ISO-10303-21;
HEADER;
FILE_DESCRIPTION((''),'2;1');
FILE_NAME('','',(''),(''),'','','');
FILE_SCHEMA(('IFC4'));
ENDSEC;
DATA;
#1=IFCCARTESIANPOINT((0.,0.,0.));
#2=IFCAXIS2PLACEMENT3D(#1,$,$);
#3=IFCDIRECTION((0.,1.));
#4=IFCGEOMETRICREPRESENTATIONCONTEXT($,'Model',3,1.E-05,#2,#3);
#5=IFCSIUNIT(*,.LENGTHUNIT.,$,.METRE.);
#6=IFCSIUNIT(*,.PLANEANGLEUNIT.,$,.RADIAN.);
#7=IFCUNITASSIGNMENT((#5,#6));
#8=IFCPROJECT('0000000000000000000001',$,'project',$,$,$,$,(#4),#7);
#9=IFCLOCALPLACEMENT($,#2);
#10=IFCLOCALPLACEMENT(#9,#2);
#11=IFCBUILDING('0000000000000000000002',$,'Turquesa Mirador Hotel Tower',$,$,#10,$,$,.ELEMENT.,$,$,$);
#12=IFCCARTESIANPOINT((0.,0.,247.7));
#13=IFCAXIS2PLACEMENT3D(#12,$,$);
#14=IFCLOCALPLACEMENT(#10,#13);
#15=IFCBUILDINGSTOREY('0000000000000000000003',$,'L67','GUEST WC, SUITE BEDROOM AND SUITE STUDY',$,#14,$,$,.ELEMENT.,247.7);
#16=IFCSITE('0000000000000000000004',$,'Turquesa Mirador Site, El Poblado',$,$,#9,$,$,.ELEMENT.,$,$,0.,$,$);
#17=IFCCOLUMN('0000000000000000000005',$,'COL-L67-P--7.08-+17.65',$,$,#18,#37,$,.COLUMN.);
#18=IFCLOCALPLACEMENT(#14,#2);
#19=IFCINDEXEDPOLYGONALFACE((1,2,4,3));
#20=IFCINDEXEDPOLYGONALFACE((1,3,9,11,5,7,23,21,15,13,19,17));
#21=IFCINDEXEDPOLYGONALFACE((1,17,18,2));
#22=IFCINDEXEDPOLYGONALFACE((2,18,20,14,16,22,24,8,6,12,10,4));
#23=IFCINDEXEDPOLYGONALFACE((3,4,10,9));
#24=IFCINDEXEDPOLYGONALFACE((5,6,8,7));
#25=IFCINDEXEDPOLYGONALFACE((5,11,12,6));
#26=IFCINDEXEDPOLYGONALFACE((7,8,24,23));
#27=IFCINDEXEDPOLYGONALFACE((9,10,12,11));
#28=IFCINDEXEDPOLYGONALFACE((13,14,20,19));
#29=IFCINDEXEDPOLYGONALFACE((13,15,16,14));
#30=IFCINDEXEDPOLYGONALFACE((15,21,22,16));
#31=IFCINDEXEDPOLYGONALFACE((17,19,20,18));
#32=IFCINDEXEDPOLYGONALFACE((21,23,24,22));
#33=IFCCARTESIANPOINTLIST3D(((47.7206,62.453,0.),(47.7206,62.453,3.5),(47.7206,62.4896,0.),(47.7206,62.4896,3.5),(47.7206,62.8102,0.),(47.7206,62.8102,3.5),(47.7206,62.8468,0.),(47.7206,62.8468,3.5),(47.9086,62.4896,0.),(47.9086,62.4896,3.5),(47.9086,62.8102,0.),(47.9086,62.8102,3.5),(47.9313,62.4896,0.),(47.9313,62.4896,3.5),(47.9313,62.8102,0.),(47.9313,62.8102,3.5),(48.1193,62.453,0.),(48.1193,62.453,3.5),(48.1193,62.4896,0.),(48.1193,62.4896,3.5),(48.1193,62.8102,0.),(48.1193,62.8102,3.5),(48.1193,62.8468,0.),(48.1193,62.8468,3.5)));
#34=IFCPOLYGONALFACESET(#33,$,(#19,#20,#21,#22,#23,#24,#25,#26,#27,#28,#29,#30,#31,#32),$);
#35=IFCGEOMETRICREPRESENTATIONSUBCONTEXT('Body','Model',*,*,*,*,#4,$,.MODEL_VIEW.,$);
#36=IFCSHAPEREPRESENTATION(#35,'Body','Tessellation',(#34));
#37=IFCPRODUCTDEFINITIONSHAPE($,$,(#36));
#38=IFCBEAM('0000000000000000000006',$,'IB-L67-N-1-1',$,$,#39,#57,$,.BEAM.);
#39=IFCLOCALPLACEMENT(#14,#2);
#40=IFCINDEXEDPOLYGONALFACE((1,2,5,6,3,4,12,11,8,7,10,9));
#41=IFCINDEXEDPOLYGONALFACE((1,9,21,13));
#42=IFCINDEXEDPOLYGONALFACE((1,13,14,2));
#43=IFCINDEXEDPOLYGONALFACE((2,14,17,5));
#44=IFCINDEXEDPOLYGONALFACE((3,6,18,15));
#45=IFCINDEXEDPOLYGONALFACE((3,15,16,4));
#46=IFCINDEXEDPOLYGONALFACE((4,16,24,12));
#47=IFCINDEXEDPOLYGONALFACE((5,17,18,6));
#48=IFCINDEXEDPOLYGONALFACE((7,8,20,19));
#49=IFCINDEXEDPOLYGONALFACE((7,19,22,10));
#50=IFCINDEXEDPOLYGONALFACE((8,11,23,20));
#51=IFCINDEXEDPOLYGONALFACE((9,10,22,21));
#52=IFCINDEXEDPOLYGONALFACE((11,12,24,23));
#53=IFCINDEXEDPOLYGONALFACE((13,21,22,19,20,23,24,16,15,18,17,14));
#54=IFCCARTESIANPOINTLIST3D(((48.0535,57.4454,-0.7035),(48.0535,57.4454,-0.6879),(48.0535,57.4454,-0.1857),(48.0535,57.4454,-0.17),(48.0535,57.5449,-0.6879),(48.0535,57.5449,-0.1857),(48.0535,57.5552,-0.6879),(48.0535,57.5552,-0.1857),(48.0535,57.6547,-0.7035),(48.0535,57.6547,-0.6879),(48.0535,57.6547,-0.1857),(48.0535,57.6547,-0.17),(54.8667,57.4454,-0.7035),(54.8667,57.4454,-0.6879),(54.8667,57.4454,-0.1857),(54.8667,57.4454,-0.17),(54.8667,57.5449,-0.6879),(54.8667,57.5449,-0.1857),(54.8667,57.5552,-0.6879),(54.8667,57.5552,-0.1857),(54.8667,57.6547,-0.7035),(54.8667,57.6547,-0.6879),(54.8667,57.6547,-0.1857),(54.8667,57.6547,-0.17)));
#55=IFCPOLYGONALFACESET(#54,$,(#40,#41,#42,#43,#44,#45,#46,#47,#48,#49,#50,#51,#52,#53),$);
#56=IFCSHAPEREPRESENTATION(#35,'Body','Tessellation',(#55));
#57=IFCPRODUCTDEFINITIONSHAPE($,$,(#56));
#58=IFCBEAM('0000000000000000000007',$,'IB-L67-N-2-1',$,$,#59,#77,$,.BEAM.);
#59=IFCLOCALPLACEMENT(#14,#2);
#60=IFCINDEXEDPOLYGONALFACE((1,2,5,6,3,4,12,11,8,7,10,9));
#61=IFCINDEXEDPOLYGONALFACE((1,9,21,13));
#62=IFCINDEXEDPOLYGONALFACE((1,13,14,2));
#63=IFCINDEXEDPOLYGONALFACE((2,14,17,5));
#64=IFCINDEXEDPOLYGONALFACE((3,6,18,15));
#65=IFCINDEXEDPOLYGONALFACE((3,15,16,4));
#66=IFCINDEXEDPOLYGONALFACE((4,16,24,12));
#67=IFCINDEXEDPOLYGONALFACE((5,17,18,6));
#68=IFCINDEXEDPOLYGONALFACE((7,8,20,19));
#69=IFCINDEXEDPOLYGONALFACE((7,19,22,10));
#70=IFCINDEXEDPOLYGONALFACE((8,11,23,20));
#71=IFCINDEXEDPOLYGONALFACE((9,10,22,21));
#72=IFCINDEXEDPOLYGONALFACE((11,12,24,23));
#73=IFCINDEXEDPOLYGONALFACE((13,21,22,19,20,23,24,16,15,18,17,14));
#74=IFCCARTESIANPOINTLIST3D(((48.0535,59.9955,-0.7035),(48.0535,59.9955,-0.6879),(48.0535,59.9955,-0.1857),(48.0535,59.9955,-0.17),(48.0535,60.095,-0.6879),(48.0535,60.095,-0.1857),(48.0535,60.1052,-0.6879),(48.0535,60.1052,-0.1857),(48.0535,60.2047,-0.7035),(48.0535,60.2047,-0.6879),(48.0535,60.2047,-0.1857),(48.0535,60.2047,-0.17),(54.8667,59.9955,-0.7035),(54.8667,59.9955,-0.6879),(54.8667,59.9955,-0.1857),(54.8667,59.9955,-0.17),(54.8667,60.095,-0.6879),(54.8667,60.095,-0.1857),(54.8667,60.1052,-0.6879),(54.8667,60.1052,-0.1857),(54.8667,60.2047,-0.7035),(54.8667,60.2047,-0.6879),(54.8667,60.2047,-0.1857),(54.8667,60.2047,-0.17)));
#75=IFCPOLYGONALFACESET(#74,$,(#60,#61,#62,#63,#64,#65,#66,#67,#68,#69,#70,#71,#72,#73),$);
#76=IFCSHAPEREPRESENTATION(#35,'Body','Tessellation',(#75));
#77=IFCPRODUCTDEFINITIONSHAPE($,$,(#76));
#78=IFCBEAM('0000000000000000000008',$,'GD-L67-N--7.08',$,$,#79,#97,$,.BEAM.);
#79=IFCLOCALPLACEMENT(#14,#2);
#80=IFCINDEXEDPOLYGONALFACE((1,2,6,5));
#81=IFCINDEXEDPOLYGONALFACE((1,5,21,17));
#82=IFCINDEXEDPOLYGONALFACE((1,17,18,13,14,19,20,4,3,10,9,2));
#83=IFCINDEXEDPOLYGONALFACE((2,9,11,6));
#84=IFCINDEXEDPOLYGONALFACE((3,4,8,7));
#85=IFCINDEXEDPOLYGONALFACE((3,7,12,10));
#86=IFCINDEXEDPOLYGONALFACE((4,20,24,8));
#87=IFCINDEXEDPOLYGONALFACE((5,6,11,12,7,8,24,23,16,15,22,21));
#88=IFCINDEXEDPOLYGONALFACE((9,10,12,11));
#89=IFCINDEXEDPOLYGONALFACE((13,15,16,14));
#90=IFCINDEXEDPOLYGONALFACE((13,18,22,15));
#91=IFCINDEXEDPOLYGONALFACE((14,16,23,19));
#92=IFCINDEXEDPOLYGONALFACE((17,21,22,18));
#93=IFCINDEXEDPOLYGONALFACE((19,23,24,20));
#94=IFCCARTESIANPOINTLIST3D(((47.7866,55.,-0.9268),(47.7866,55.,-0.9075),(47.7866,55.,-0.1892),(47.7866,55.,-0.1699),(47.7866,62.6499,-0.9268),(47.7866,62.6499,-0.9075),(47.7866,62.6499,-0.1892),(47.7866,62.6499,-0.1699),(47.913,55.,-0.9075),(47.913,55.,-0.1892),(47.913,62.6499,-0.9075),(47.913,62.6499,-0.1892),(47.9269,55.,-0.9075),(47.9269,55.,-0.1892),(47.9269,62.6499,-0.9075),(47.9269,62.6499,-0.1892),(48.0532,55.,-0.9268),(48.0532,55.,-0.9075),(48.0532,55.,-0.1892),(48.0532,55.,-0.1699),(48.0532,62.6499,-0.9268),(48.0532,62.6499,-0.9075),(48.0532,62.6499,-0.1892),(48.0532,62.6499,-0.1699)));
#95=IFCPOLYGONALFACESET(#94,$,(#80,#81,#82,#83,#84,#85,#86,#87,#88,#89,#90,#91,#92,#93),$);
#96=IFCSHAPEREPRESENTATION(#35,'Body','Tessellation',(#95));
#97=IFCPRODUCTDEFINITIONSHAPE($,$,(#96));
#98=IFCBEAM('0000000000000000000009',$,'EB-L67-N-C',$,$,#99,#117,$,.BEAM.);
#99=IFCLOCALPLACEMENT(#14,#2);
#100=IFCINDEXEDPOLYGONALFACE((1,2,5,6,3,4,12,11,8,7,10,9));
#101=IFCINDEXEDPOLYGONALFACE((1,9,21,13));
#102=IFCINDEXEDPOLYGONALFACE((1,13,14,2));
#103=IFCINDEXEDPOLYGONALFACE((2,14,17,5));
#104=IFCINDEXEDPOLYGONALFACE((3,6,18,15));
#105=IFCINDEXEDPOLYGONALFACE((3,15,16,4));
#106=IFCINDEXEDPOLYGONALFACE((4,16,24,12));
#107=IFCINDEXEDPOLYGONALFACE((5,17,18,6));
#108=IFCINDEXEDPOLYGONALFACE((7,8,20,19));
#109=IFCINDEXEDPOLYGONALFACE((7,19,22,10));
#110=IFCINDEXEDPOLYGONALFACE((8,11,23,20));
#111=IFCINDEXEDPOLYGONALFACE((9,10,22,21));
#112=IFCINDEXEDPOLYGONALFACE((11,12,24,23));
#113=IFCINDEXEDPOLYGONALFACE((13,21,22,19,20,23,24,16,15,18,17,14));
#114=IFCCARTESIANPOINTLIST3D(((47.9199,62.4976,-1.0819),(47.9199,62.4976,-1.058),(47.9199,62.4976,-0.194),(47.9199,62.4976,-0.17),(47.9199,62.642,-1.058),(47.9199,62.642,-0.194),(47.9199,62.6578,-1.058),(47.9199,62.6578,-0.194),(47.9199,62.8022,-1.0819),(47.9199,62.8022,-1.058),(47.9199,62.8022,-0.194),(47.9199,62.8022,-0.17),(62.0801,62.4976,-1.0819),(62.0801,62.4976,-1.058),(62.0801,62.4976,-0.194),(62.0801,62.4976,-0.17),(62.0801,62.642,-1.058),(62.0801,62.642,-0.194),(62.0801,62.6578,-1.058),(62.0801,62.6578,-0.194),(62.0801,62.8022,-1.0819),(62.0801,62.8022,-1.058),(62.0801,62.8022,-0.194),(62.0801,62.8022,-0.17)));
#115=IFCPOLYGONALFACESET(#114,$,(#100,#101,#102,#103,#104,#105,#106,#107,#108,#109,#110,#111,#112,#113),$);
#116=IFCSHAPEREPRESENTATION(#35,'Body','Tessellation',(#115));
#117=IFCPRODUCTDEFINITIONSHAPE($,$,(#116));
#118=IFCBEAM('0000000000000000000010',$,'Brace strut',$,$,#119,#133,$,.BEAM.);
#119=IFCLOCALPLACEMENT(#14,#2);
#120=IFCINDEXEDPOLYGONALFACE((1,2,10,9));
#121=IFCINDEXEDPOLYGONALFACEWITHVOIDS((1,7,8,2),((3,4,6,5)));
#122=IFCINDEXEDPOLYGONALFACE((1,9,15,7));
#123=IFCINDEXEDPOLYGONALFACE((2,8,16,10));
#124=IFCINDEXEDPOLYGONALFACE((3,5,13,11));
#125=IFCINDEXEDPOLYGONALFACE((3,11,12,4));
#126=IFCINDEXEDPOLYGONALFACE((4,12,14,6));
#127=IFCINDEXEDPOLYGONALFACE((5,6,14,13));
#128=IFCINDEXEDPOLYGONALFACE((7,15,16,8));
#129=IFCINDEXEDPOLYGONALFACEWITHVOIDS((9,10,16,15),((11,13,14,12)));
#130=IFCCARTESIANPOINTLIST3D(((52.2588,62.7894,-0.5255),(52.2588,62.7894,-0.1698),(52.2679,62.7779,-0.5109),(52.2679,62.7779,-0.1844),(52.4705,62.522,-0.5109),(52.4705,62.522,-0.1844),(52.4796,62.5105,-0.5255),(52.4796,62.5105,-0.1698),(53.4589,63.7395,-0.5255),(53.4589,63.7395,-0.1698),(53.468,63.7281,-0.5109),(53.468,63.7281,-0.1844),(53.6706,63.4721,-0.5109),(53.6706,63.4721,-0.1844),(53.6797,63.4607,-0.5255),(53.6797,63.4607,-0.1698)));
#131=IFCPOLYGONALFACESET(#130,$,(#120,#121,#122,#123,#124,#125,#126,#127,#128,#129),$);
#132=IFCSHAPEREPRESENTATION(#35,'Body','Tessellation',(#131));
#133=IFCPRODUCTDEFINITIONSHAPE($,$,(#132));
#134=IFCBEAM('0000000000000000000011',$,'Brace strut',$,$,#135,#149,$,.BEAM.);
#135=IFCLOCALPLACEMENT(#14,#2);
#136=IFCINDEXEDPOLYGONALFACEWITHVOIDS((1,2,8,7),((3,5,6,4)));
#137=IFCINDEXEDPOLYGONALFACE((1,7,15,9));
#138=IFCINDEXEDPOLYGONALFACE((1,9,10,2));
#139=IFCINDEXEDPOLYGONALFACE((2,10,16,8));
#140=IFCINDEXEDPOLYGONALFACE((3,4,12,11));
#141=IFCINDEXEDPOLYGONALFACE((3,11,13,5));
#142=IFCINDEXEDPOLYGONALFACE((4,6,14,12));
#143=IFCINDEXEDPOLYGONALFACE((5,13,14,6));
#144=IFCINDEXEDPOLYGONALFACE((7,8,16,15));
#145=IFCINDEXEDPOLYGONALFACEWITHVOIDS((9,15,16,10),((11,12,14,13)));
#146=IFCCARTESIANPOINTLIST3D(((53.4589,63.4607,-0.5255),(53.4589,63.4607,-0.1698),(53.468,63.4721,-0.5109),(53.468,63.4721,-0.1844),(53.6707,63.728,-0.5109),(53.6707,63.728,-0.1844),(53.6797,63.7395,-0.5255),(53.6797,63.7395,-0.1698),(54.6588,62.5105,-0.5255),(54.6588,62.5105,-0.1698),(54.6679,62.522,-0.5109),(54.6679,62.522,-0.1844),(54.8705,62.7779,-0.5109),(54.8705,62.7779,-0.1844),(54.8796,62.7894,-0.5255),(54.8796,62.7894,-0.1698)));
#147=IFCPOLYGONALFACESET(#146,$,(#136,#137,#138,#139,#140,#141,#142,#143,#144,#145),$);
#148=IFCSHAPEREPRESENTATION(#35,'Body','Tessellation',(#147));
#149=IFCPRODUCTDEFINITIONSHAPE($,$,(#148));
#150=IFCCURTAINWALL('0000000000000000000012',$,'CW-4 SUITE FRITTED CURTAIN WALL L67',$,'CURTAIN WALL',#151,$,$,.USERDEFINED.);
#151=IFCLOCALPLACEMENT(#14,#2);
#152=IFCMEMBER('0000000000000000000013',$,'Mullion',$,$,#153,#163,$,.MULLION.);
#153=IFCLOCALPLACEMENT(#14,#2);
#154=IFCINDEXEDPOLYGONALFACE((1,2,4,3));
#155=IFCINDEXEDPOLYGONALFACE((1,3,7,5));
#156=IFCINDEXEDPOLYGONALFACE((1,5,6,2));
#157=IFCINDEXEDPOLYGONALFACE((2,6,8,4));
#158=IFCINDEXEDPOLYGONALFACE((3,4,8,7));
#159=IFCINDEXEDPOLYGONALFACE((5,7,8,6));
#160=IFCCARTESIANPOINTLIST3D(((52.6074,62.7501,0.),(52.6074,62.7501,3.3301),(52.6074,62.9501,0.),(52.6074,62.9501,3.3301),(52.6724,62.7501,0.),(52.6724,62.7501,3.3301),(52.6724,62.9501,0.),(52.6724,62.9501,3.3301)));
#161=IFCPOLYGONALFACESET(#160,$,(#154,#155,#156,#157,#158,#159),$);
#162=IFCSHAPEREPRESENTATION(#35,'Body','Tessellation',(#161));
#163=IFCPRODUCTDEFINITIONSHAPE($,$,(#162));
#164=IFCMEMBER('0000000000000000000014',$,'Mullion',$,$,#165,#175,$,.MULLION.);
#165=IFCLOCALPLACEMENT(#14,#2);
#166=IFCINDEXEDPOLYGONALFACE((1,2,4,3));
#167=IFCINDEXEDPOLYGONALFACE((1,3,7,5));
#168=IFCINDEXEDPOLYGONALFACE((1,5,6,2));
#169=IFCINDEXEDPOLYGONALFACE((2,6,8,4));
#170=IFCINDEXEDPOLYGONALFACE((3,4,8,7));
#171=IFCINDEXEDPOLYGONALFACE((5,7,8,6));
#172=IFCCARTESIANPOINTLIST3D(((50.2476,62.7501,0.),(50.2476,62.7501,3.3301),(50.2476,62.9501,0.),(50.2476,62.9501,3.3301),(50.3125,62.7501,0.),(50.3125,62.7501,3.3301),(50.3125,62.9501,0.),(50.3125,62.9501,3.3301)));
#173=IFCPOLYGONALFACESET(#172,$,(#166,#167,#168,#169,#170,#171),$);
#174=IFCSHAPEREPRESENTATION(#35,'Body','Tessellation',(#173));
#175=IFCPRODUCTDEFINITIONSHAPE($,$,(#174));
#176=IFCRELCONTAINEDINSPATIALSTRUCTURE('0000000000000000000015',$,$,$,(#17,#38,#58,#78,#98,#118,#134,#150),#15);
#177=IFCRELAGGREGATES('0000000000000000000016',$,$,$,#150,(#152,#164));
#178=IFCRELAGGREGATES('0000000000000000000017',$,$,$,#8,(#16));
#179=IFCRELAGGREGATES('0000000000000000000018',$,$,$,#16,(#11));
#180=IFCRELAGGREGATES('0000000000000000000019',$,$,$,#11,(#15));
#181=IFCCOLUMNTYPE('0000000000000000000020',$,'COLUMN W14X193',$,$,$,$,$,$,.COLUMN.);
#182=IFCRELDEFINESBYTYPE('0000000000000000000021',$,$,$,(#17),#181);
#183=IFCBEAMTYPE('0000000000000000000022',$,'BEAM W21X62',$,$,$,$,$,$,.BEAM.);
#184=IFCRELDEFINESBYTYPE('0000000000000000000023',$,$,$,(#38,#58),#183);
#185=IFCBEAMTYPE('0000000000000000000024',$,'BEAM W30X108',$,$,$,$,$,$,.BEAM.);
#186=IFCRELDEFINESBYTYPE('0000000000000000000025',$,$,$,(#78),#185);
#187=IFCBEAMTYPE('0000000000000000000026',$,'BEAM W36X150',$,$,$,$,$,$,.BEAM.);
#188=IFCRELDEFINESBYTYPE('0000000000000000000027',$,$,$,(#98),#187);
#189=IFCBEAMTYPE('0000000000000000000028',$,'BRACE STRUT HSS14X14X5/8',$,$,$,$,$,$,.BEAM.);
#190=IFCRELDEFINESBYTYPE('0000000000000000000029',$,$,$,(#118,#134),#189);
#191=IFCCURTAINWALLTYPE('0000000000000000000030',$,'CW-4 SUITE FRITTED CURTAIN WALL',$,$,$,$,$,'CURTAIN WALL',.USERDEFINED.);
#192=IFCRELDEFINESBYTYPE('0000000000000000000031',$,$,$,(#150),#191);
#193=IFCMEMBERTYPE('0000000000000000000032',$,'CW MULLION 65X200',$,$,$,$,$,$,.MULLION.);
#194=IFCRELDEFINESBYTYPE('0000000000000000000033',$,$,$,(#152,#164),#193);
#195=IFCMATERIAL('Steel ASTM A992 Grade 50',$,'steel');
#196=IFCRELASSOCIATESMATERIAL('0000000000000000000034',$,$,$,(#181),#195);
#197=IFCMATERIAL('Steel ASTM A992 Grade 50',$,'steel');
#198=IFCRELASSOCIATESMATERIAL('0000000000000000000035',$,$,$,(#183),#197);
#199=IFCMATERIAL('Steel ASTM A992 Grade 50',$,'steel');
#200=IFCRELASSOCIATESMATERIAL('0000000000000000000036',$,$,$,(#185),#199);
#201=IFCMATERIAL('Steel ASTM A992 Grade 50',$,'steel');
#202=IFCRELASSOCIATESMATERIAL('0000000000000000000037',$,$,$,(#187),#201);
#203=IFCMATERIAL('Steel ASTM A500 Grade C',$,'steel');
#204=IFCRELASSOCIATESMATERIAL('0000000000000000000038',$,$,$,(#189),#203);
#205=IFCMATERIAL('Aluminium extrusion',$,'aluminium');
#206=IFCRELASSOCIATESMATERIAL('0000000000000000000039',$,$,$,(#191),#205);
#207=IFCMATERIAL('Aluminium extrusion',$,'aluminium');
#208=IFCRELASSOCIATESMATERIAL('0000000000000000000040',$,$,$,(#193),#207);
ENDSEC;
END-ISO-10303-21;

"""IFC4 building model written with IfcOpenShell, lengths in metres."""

from ifc_helpers import new_model, si_unit, direction, frame, origin, origin_2d, place, context, subcontext, project, spatial, rectangle, hollow_rectangle, i_section, extrude, material, material_profile, profile_set, type_object, element, aggregate, save


model = new_model("IFC4")

# Units and contexts
model_context = context("Model", 3, precision=1e-05, world=origin(), true_north=direction((0.0, 1.0)))
body_context = subcontext(model_context, "Body", "Model", "MODEL_VIEW")
ifc_project = project(units=[si_unit("LENGTHUNIT", "METRE"), si_unit("PLANEANGLEUNIT", "RADIAN")], contexts=[model_context])

# Site, building, storey
site_placement = place(None, origin())
site = spatial("IfcSite", under=ifc_project, at=site_placement, Name="Turquesa Mirador Site, El Poblado", CompositionType="ELEMENT", RefElevation=0.0)
building_placement = place(site_placement, origin())
building = spatial("IfcBuilding", under=site, at=building_placement, Name="Turquesa Mirador Hotel Tower", CompositionType="ELEMENT")
storey_placement = place(building_placement, frame((0.0, 0.0, 247.7)))
storey = spatial("IfcBuildingStorey", under=building, at=storey_placement, Name="L67", Description="GUEST WC, SUITE BEDROOM AND SUITE STUDY", CompositionType="ELEMENT", Elevation=247.7)

# Column
ifc_material_1 = material(Name="Steel ASTM A992 Grade 50", Category="steel")
ifc_material_profile_1 = material_profile(ifc_material_1, i_section(OverallWidth=0.3987, OverallDepth=0.3938, WebThickness=0.0227, FlangeThickness=0.0366, at=origin_2d()), Name="W14X193")
ifc_profile_set_1 = profile_set([ifc_material_profile_1], Name="Steel ASTM A992 Grade 50")
column_type = type_object("IfcColumnType", Name="COLUMN W14X193", PredefinedType="COLUMN", material=ifc_profile_set_1)
column_placement = place(storey_placement, frame((47.9199, 62.6499, 0.0), z_axis=(0.0, 0.0, 1.0), x_axis=(1.0, 0.0, 0.0)))
element("IfcColumn", 1, at=column_placement, inside=storey, type_object=column_type, Name="COL-L67-P--7.08-+17.65", PredefinedType="COLUMN", context=body_context, shape_type="SweptSolid", body=[
    extrude(i_section(OverallWidth=0.3987, OverallDepth=0.3938, WebThickness=0.0227, FlangeThickness=0.0366, at=origin_2d()), origin(), (0.0, 0.0, 1.0), 3.5),
])

# Beams
ifc_material_2 = material(Name="Steel ASTM A992 Grade 50", Category="steel")
ifc_material_profile_2 = material_profile(ifc_material_2, i_section(OverallWidth=0.2092, OverallDepth=0.5334, WebThickness=0.0103, FlangeThickness=0.0156, at=origin_2d()), Name="W21X62")
ifc_profile_set_2 = profile_set([ifc_material_profile_2], Name="Steel ASTM A992 Grade 50")
beam_type_1 = type_object("IfcBeamType", Name="BEAM W21X62", PredefinedType="BEAM", material=ifc_profile_set_2)
for number, where, z_axis, x_axis, name in (
    (2, (48.0535, 57.55, -0.4368), (1.0, 0.0, 0.0), (0.0, 1.0, 0.0), "IB-L67-N-1-1"),
    (3, (48.0535, 60.1001, -0.4368), (1.0, 0.0, 0.0), (0.0, 1.0, 0.0), "IB-L67-N-2-1"),
):
    element("IfcBeam", number, at=place(storey_placement, frame(where, z_axis=z_axis, x_axis=x_axis)), inside=storey, type_object=beam_type_1, Name=name, PredefinedType="BEAM", context=body_context, shape_type="SweptSolid", body=[
        extrude(i_section(OverallWidth=0.2092, OverallDepth=0.5334, WebThickness=0.0103, FlangeThickness=0.0156, at=origin_2d()), origin(), (0.0, 0.0, 1.0), 6.8132),
    ])
ifc_material_3 = material(Name="Steel ASTM A992 Grade 50", Category="steel")
ifc_material_profile_3 = material_profile(ifc_material_3, i_section(OverallWidth=0.2666, OverallDepth=0.7568, WebThickness=0.0139, FlangeThickness=0.0193, at=origin_2d()), Name="W30X108")
ifc_profile_set_3 = profile_set([ifc_material_profile_3], Name="Steel ASTM A992 Grade 50")
beam_type_2 = type_object("IfcBeamType", Name="BEAM W30X108", PredefinedType="BEAM", material=ifc_profile_set_3)
beam_1_placement = place(storey_placement, frame((47.9199, 62.6499, -0.5483), z_axis=(0.0, -1.0, 0.0), x_axis=(1.0, 0.0, 0.0)))
element("IfcBeam", 4, at=beam_1_placement, inside=storey, type_object=beam_type_2, Name="GD-L67-N--7.08", PredefinedType="BEAM", context=body_context, shape_type="SweptSolid", body=[
    extrude(i_section(OverallWidth=0.2666, OverallDepth=0.7568, WebThickness=0.0139, FlangeThickness=0.0193, at=origin_2d()), origin(), (0.0, 0.0, 1.0), 7.6499),
])
ifc_material_4 = material(Name="Steel ASTM A992 Grade 50", Category="steel")
ifc_material_profile_4 = material_profile(ifc_material_4, i_section(OverallWidth=0.3047, OverallDepth=0.9119, WebThickness=0.0159, FlangeThickness=0.0239, at=origin_2d()), Name="W36X150")
ifc_profile_set_4 = profile_set([ifc_material_profile_4], Name="Steel ASTM A992 Grade 50")
beam_type_3 = type_object("IfcBeamType", Name="BEAM W36X150", PredefinedType="BEAM", material=ifc_profile_set_4)
beam_2_placement = place(storey_placement, frame((47.9199, 62.6499, -0.626), z_axis=(1.0, 0.0, 0.0), x_axis=(0.0, 1.0, 0.0)))
element("IfcBeam", 5, at=beam_2_placement, inside=storey, type_object=beam_type_3, Name="EB-L67-N-C", PredefinedType="BEAM", context=body_context, shape_type="SweptSolid", body=[
    extrude(i_section(OverallWidth=0.3047, OverallDepth=0.9119, WebThickness=0.0159, FlangeThickness=0.0239, at=origin_2d()), origin(), (0.0, 0.0, 1.0), 14.1602),
])
ifc_material_5 = material(Name="Steel ASTM A500 Grade C", Category="steel")
ifc_material_profile_5 = material_profile(ifc_material_5, hollow_rectangle(XDim=0.3557, YDim=0.3557, WallThickness=0.0146, at=origin_2d()), Name="HSS14X14X5/8")
ifc_profile_set_5 = profile_set([ifc_material_profile_5], Name="Steel ASTM A500 Grade C")
beam_type_4 = type_object("IfcBeamType", Name="BRACE STRUT HSS14X14X5/8", PredefinedType="BEAM", material=ifc_profile_set_5)
beam_3_placement = place(storey_placement, frame((53.5693, 63.6001, -0.3477), z_axis=(-0.784033, -0.620719, 0.0), x_axis=(0.620719, -0.784033, 0.0)))
element("IfcBeam", 6, at=beam_3_placement, inside=storey, type_object=beam_type_4, Name="Brace strut", PredefinedType="BEAM", context=body_context, shape_type="SweptSolid", body=[
    extrude(hollow_rectangle(XDim=0.3557, YDim=0.3557, WallThickness=0.0146, at=origin_2d()), origin(), (0.0, 0.0, 1.0), 1.5308),
])
beam_4_placement = place(storey_placement, frame((53.5693, 63.6001, -0.3477), z_axis=(0.783971, -0.620797, 0.0), x_axis=(0.620797, 0.783971, 0.0)))
element("IfcBeam", 7, at=beam_4_placement, inside=storey, type_object=beam_type_4, Name="Brace strut", PredefinedType="BEAM", context=body_context, shape_type="SweptSolid", body=[
    extrude(hollow_rectangle(XDim=0.3557, YDim=0.3557, WallThickness=0.0146, at=origin_2d()), origin(), (0.0, 0.0, 1.0), 1.5305),
])

# Curtain wall, members
ifc_material_6 = material(Name="Aluminium extrusion", Category="aluminium")
curtain_wall_type = type_object("IfcCurtainWallType", Name="CW-4 SUITE FRITTED CURTAIN WALL", ElementType="CURTAIN WALL", PredefinedType="USERDEFINED", material=ifc_material_6)
curtain_wall_1_placement = place(storey_placement, origin())
curtain_wall_1 = element("IfcCurtainWall", 8, at=curtain_wall_1_placement, inside=storey, type_object=curtain_wall_type, Name="CW-4 SUITE FRITTED CURTAIN WALL L67", ObjectType="CURTAIN WALL", PredefinedType="USERDEFINED")
ifc_material_7 = material(Name="Aluminium extrusion", Category="aluminium")
ifc_material_profile_6 = material_profile(ifc_material_7, rectangle(XDim=0.0649, YDim=0.2, at=origin_2d()), Name="MULLION 65X200")
ifc_profile_set_6 = profile_set([ifc_material_profile_6], Name="Aluminium extrusion")
member_type_1 = type_object("IfcMemberType", Name="CW MULLION 65X200", PredefinedType="MULLION", material=ifc_profile_set_6)
member_1_placement = place(storey_placement, frame((52.6399, 62.8501, 0.0), z_axis=(0.0, 0.0, 1.0), x_axis=(-1.0, 0.0, 0.0)))
member_1 = element("IfcMember", 9, at=member_1_placement, type_object=member_type_1, Name="Mullion", PredefinedType="MULLION", context=body_context, shape_type="SweptSolid", body=[
    extrude(rectangle(XDim=0.0649, YDim=0.2, at=origin_2d()), origin(), (0.0, 0.0, 1.0), 3.3301),
])
member_2_placement = place(storey_placement, frame((50.28, 62.8501, 0.0), z_axis=(0.0, 0.0, 1.0), x_axis=(-1.0, 0.0, 0.0)))
member_2 = element("IfcMember", 10, at=member_2_placement, type_object=member_type_1, Name="Mullion", PredefinedType="MULLION", context=body_context, shape_type="SweptSolid", body=[
    extrude(rectangle(XDim=0.0649, YDim=0.2, at=origin_2d()), origin(), (0.0, 0.0, 1.0), 3.3301),
])

aggregate(curtain_wall_1, [member_1, member_2])

save(model, "model.ifc")
